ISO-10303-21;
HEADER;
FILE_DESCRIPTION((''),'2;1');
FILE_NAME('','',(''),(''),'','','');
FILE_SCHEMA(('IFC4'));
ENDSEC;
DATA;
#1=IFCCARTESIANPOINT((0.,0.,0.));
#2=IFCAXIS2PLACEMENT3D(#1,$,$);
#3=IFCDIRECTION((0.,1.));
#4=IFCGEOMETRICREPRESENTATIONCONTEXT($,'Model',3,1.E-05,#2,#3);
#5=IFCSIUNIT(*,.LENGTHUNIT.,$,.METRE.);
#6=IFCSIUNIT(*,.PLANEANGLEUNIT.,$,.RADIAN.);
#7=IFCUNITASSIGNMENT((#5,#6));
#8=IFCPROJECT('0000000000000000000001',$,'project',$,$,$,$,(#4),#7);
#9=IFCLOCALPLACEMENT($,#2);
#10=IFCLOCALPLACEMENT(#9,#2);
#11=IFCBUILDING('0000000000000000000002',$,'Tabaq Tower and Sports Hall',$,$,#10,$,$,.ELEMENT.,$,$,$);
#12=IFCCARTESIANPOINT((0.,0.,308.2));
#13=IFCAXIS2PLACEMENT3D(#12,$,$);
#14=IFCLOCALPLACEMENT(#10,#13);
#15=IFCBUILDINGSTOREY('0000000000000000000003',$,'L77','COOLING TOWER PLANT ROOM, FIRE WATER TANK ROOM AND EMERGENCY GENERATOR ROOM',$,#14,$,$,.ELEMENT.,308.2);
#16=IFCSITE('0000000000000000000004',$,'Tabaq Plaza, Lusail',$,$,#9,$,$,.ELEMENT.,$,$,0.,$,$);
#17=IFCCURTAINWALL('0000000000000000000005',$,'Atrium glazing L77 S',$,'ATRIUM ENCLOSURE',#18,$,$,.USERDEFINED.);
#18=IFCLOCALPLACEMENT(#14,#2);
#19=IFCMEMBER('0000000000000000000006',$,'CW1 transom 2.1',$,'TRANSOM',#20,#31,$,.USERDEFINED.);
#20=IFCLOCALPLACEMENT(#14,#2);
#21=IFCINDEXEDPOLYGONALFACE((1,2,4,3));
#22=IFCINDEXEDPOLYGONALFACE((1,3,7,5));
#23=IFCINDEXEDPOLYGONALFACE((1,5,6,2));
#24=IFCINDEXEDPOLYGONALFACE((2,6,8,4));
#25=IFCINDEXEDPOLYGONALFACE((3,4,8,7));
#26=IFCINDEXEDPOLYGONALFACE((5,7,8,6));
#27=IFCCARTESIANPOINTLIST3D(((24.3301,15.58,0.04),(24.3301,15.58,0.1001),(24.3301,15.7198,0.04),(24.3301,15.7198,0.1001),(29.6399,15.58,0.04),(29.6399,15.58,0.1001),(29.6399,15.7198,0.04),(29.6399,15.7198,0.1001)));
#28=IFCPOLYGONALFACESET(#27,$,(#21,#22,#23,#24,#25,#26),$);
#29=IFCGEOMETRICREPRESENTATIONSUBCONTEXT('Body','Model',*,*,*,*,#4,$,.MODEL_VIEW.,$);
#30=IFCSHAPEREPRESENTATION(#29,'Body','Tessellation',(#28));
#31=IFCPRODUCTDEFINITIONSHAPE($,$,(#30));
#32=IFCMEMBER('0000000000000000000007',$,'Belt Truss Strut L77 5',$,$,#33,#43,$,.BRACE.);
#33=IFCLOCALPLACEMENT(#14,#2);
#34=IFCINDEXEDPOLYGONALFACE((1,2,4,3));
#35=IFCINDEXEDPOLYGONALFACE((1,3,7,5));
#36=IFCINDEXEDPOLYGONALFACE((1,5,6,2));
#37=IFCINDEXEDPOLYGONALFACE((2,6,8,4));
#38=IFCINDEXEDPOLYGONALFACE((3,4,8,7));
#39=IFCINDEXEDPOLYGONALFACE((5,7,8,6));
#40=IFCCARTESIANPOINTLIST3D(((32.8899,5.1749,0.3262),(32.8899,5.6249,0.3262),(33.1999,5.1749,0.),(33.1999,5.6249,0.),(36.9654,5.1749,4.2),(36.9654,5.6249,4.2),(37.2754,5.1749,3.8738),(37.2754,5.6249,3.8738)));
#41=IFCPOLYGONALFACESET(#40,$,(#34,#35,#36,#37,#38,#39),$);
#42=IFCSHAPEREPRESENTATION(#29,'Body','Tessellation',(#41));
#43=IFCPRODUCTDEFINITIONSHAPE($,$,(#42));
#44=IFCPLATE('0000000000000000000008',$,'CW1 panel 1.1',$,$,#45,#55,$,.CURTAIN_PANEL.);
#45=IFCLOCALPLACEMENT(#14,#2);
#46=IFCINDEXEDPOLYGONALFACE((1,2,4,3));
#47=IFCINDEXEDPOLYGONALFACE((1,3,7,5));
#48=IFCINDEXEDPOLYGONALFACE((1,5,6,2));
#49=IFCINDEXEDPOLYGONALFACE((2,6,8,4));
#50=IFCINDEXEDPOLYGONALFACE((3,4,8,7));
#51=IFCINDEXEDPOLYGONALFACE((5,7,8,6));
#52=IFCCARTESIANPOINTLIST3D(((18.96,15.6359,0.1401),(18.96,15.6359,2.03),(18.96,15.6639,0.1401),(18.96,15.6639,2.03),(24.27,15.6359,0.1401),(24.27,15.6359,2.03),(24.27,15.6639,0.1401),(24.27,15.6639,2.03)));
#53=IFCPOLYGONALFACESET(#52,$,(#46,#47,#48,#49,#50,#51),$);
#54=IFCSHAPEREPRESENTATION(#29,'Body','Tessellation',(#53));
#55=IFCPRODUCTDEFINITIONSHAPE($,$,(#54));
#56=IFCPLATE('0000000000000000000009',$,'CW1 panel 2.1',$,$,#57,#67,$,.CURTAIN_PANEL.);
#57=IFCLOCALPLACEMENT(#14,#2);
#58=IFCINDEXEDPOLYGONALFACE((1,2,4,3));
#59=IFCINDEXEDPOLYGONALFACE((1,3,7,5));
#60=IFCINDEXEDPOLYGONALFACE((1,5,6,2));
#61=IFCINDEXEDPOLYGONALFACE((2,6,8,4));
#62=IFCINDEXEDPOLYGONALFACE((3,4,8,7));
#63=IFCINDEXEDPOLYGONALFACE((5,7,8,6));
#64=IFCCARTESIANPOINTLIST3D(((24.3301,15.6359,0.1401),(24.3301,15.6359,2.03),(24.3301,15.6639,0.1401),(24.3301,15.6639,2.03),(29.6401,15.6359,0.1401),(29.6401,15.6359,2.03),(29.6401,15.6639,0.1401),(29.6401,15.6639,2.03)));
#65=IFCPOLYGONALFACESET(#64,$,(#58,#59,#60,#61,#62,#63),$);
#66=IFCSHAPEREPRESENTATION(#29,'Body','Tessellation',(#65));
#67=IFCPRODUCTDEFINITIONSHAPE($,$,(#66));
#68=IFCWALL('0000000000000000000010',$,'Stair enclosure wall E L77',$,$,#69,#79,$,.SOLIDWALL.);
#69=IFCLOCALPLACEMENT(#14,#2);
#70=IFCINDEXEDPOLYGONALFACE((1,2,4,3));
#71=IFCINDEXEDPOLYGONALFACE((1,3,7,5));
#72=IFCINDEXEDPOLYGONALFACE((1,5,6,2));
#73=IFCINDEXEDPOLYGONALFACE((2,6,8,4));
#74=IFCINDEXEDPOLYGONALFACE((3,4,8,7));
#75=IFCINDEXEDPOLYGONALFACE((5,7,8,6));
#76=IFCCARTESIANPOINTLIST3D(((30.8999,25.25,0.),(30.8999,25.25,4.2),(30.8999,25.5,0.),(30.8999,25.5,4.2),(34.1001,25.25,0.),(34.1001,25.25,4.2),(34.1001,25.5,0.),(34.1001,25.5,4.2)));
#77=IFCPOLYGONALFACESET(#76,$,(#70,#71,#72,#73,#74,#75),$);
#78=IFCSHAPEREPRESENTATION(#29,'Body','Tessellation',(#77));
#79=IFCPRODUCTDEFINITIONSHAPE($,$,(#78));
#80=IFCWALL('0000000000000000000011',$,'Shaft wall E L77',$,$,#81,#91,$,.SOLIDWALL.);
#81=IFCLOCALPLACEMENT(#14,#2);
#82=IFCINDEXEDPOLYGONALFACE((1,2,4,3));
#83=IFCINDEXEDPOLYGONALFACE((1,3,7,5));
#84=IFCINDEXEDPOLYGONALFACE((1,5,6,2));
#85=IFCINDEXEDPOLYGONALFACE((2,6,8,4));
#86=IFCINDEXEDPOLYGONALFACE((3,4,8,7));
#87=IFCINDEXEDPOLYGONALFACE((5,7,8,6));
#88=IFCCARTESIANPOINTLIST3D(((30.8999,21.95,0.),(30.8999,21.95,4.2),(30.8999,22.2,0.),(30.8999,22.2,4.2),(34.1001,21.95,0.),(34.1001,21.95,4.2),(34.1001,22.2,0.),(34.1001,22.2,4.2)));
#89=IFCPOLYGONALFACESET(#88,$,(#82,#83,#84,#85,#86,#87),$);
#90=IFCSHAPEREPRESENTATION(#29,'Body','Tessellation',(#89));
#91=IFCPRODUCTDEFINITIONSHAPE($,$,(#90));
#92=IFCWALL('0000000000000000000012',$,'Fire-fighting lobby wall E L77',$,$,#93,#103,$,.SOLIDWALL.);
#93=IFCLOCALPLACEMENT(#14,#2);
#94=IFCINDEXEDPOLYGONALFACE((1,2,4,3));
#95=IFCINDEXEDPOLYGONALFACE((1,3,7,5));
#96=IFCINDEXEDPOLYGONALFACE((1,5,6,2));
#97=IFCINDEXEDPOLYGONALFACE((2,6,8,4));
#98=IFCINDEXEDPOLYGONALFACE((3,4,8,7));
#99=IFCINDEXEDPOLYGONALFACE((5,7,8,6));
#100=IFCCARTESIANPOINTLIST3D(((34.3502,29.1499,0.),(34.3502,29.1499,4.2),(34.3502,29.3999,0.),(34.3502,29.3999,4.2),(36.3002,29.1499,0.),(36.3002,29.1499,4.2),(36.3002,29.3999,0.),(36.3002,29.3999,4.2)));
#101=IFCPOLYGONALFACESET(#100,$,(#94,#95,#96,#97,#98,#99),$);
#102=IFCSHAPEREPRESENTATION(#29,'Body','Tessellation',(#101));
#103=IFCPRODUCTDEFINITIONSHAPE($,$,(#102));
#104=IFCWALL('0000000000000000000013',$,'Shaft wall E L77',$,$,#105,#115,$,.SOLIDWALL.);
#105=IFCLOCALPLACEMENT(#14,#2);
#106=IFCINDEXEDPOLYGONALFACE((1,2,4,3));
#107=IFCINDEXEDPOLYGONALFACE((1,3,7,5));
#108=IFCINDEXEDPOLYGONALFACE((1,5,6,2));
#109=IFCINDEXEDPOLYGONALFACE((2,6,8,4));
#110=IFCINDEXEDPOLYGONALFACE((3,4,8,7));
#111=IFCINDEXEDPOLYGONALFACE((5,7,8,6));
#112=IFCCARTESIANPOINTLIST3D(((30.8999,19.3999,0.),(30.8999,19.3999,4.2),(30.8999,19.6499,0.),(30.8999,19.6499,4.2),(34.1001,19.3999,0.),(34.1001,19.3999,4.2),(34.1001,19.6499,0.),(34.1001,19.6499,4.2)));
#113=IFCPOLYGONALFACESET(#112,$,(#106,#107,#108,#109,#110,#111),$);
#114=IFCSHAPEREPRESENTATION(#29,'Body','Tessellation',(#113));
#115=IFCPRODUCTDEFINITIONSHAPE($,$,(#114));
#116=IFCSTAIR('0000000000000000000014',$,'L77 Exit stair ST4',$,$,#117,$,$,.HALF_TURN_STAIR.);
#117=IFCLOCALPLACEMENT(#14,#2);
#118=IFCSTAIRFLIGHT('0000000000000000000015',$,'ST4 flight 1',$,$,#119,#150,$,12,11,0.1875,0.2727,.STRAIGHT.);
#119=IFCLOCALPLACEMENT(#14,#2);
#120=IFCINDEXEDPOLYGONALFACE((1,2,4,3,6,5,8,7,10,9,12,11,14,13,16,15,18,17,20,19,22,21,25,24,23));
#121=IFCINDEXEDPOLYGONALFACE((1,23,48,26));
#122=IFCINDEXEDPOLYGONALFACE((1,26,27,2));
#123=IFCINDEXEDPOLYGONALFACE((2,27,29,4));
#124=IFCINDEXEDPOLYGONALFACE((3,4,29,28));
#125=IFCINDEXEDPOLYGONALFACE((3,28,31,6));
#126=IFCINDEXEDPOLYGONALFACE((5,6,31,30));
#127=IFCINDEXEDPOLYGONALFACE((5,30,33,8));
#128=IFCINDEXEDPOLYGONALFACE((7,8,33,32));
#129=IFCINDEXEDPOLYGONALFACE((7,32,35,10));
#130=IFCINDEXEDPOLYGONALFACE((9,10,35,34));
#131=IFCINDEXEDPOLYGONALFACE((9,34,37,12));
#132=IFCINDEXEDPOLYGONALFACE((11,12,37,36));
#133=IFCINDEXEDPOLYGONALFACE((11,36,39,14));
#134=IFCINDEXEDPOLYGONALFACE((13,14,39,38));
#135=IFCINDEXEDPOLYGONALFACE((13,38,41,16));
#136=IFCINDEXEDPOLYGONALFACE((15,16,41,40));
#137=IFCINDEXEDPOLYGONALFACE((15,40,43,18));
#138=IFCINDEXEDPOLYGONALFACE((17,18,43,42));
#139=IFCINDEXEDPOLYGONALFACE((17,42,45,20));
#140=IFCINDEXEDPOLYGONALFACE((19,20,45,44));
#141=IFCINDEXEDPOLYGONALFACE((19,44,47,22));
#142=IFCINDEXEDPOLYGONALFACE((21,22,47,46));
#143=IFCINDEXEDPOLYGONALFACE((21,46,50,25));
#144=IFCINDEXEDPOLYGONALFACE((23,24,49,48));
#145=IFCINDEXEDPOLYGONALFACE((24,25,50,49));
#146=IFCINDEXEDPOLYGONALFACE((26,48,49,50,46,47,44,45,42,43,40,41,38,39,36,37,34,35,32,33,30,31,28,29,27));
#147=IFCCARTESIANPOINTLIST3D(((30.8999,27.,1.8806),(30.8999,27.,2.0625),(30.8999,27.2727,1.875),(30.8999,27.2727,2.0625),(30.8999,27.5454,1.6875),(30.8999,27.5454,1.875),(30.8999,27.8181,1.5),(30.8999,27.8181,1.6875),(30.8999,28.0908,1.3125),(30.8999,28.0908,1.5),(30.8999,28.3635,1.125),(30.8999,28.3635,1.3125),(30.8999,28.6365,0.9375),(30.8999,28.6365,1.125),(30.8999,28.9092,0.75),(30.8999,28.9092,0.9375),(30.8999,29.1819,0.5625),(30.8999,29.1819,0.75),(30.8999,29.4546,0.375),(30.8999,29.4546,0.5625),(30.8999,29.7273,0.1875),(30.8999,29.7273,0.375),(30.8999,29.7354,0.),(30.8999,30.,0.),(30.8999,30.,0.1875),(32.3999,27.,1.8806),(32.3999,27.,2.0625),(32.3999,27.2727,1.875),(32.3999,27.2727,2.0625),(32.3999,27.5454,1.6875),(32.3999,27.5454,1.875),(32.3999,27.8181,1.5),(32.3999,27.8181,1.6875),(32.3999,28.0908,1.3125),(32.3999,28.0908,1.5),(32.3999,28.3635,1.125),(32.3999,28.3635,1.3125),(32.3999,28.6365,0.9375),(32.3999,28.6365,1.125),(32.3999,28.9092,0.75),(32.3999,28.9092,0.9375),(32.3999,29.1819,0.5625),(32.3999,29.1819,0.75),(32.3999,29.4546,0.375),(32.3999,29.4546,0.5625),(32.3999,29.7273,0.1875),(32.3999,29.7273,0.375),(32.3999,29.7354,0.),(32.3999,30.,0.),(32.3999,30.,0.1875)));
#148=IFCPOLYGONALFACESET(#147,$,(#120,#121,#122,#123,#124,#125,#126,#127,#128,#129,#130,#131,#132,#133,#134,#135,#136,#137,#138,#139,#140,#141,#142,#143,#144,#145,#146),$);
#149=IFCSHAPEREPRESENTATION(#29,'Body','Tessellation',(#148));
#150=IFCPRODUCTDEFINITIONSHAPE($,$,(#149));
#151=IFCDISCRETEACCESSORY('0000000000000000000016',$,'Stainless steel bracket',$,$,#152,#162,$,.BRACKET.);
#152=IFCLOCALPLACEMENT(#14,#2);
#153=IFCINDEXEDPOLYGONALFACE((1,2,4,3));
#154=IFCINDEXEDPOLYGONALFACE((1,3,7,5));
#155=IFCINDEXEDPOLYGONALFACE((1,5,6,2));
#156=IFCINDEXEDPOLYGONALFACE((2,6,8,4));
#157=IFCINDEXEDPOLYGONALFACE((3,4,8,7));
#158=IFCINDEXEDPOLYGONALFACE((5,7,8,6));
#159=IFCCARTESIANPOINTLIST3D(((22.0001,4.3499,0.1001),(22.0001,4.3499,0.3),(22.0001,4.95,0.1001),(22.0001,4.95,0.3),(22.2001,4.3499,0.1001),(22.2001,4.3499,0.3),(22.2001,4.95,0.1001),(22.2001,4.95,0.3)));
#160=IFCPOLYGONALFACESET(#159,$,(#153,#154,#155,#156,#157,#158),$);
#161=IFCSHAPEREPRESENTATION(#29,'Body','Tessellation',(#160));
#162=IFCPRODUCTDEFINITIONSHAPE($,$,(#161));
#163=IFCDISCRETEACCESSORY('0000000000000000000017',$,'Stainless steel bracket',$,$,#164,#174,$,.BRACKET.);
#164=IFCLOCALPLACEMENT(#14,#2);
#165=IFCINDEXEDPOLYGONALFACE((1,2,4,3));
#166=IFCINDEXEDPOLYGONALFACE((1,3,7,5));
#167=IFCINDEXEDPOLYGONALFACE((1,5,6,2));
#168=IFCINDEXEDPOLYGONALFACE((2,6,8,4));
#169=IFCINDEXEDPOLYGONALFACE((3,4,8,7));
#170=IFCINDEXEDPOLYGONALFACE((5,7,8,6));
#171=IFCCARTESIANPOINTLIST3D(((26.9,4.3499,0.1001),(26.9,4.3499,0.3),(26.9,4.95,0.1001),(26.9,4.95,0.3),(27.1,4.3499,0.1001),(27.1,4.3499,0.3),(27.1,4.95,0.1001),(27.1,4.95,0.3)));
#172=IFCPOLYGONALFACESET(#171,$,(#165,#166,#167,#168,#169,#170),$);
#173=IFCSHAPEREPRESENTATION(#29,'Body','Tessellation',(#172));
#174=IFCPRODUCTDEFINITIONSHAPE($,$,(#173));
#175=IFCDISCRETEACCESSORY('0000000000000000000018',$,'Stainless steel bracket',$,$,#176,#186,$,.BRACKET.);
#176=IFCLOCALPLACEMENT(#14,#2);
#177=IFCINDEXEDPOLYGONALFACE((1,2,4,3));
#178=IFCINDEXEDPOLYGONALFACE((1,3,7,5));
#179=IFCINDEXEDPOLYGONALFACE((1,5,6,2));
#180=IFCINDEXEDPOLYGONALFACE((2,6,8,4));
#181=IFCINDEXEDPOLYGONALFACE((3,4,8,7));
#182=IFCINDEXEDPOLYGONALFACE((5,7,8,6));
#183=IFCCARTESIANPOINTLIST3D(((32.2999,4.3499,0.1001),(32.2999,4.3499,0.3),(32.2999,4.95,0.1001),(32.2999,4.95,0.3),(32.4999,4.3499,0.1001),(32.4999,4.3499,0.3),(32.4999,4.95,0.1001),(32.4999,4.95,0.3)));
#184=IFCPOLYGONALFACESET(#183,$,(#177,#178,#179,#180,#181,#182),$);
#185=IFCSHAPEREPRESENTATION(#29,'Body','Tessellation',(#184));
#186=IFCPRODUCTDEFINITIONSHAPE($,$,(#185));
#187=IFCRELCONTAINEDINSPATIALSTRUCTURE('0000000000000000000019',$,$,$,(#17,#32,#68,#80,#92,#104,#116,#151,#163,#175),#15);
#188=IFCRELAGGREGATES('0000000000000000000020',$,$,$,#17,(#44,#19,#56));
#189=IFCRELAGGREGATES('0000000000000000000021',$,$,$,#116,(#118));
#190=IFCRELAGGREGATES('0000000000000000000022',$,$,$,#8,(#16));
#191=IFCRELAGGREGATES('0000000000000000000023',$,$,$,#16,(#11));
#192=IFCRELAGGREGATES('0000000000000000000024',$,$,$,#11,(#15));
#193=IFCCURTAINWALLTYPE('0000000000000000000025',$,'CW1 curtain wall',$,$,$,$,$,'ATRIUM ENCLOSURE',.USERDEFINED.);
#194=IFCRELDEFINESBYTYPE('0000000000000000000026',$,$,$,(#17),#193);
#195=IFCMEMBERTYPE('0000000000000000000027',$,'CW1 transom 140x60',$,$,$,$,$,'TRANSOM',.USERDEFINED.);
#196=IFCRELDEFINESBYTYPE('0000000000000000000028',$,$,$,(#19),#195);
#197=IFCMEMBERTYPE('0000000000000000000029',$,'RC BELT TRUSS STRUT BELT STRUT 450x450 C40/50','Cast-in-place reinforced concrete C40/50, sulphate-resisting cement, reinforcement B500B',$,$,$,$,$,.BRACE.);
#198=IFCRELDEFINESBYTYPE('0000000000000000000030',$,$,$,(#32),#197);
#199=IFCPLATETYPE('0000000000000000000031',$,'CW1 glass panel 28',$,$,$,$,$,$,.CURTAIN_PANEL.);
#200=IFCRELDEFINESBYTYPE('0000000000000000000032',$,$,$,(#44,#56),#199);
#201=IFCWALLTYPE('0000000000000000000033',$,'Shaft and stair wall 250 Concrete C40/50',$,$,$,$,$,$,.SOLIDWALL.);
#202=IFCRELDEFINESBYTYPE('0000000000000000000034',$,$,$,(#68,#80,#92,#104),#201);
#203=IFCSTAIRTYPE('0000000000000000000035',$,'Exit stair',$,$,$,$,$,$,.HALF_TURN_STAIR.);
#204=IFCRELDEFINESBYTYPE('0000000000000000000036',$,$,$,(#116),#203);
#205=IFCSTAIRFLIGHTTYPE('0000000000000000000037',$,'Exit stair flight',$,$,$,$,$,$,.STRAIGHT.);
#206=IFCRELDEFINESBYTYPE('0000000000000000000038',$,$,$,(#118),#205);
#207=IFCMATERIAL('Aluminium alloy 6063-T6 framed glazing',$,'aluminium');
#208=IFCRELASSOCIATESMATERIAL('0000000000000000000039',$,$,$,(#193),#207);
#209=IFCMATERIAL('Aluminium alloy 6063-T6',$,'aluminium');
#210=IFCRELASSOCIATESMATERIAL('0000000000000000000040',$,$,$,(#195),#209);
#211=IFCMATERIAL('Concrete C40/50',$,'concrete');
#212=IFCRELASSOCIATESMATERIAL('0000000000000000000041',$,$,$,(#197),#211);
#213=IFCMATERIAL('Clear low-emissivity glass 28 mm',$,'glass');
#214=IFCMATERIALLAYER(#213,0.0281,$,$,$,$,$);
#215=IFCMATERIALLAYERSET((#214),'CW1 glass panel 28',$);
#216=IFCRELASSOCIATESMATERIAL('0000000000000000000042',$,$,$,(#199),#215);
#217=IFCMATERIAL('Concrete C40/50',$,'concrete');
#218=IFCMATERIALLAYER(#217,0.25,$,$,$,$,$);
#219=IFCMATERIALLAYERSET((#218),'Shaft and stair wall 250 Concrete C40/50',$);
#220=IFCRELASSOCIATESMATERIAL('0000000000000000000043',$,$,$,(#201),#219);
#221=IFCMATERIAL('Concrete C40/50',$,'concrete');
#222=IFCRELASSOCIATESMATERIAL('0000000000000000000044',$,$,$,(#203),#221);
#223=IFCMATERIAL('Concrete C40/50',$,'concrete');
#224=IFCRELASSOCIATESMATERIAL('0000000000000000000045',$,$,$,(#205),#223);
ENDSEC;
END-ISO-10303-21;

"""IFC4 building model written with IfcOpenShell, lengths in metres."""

from ifc_helpers import new_model, si_unit, direction, frame, frame_2d, origin, origin_2d, place, context, subcontext, project, spatial, polyline, rectangle, outline, extrude, material, layer, layer_set, material_profile, profile_set, type_object, element, aggregate, save


model = new_model("IFC4")

# Units and contexts
model_context = context("Model", 3, precision=1e-05, world=origin(), true_north=direction((0.0, 1.0)))
body_context = subcontext(model_context, "Body", "Model", "MODEL_VIEW")
ifc_project = project(units=[si_unit("LENGTHUNIT", "METRE"), si_unit("PLANEANGLEUNIT", "RADIAN")], contexts=[model_context])

# Site, building, storey
site_placement = place(None, origin())
site = spatial("IfcSite", under=ifc_project, at=site_placement, Name="Tabaq Plaza, Lusail", CompositionType="ELEMENT", RefElevation=0.0)
building_placement = place(site_placement, origin())
building = spatial("IfcBuilding", under=site, at=building_placement, Name="Tabaq Tower and Sports Hall", CompositionType="ELEMENT")
storey_placement = place(building_placement, frame((0.0, 0.0, 308.2)))
storey = spatial("IfcBuildingStorey", under=building, at=storey_placement, Name="L77", Description="COOLING TOWER PLANT ROOM, FIRE WATER TANK ROOM AND EMERGENCY GENERATOR ROOM", CompositionType="ELEMENT", Elevation=308.2)

# Curtain wall, member
ifc_material_1 = material(Name="Aluminium alloy 6063-T6 framed glazing", Category="aluminium")
curtain_wall_type = type_object("IfcCurtainWallType", Name="CW1 curtain wall", ElementType="ATRIUM ENCLOSURE", PredefinedType="USERDEFINED", material=ifc_material_1)
curtain_wall_placement = place(storey_placement, origin())
curtain_wall = element("IfcCurtainWall", 1, at=curtain_wall_placement, inside=storey, type_object=curtain_wall_type, Name="Atrium glazing L77 S", ObjectType="ATRIUM ENCLOSURE", PredefinedType="USERDEFINED")
ifc_material_2 = material(Name="Aluminium alloy 6063-T6", Category="aluminium")
ifc_material_profile_1 = material_profile(ifc_material_2, rectangle(XDim=0.1399, YDim=0.0601, at=origin_2d()), Name="TRANSOM 140x60")
ifc_profile_set_1 = profile_set([ifc_material_profile_1], Name="Aluminium alloy 6063-T6")
member_type_1 = type_object("IfcMemberType", Name="CW1 transom 140x60", ElementType="TRANSOM", PredefinedType="USERDEFINED", material=ifc_profile_set_1)
member_1_placement = place(storey_placement, frame((24.3301, 15.6499, 0.0701), z_axis=(1.0, 0.0, 0.0), x_axis=(0.0, 1.0, 0.0)))
member_1 = element("IfcMember", 2, at=member_1_placement, type_object=member_type_1, Name="CW1 transom 2.1", ObjectType="TRANSOM", PredefinedType="USERDEFINED", context=body_context, shape_type="SweptSolid", body=[
    extrude(rectangle(XDim=0.1399, YDim=0.0601, at=origin_2d()), origin(), (0.0, 0.0, 1.0), 5.3098),
])

# Member
ifc_material_3 = material(Name="Concrete C40/50", Category="concrete")
ifc_material_profile_2 = material_profile(ifc_material_3, rectangle(XDim=0.45, YDim=0.45, at=origin_2d()), Name="BELT STRUT 450x450")
ifc_profile_set_2 = profile_set([ifc_material_profile_2], Name="Concrete C40/50")
member_type_2 = type_object("IfcMemberType", Name="RC BELT TRUSS STRUT BELT STRUT 450x450 C40/50", Description="Cast-in-place reinforced concrete C40/50, sulphate-resisting cement, reinforcement B500B", PredefinedType="BRACE", material=ifc_profile_set_2)
member_2_placement = place(storey_placement, frame((33.0449, 5.3999, 0.1631), z_axis=(0.724812, 0.0, 0.688947), x_axis=(0.0, 1.0, 0.0)))
element("IfcMember", 3, at=member_2_placement, inside=storey, type_object=member_type_2, Name="Belt Truss Strut L77 5", PredefinedType="BRACE", context=body_context, shape_type="SweptSolid", body=[
    extrude(rectangle(XDim=0.45, YDim=0.45, at=origin_2d()), origin(), (0.0, 0.0, 1.0), 5.6228),
])

# Plates
ifc_material_4 = material(Name="Clear low-emissivity glass 28 mm", Category="glass")
ifc_layer_1 = layer(ifc_material_4, 0.0281)
ifc_layer_set_1 = layer_set([ifc_layer_1], Name="CW1 glass panel 28")
plate_type = type_object("IfcPlateType", Name="CW1 glass panel 28", PredefinedType="CURTAIN_PANEL", material=ifc_layer_set_1)
plate_1_placement = place(storey_placement, frame((21.615, 15.6499, 0.1401), z_axis=(0.0, 0.0, 1.0), x_axis=(1.0, 0.0, 0.0)))
plate_1 = element("IfcPlate", 4, at=plate_1_placement, type_object=plate_type, Name="CW1 panel 1.1", PredefinedType="CURTAIN_PANEL", context=body_context, shape_type="SweptSolid", body=[
    extrude(rectangle(XDim=5.3101, YDim=0.0281, at=origin_2d()), origin(), (0.0, 0.0, 1.0), 1.8899),
])
plate_2_placement = place(storey_placement, frame((26.9851, 15.6499, 0.1401), z_axis=(0.0, 0.0, 1.0), x_axis=(1.0, 0.0, 0.0)))
plate_2 = element("IfcPlate", 5, at=plate_2_placement, type_object=plate_type, Name="CW1 panel 2.1", PredefinedType="CURTAIN_PANEL", context=body_context, shape_type="SweptSolid", body=[
    extrude(rectangle(XDim=5.3101, YDim=0.0281, at=origin_2d()), origin(), (0.0, 0.0, 1.0), 1.8899),
])
aggregate(curtain_wall, [plate_1, member_1, plate_2])

# Walls
ifc_material_5 = material(Name="Concrete C40/50", Category="concrete")
ifc_layer_2 = layer(ifc_material_5, 0.25)
ifc_layer_set_2 = layer_set([ifc_layer_2], Name="Shaft and stair wall 250 Concrete C40/50")
wall_type = type_object("IfcWallType", Name="Shaft and stair wall 250 Concrete C40/50", PredefinedType="SOLIDWALL", material=ifc_layer_set_2)
for number, where, z_axis, x_axis, name in (
    (6, (30.8999, 25.375, 0.0), (0.0, 0.0, 1.0), (1.0, 0.0, 0.0), "Stair enclosure wall E L77"),
    (7, (30.8999, 22.075, 0.0), (0.0, 0.0, 1.0), (1.0, 0.0, 0.0), "Shaft wall E L77"),
):
    element("IfcWall", number, at=place(storey_placement, frame(where, z_axis=z_axis, x_axis=x_axis)), inside=storey, type_object=wall_type, Name=name, PredefinedType="SOLIDWALL", context=body_context, shape_type="SweptSolid", body=[
        extrude(rectangle(XDim=3.2002, YDim=0.25, at=frame_2d((1.6001, 0.0))), origin(), (0.0, 0.0, 1.0), 4.2),
    ])
wall_1_placement = place(storey_placement, frame((34.3501, 29.2749, 0.0), z_axis=(0.0, 0.0, 1.0), x_axis=(1.0, 0.0, 0.0)))
element("IfcWall", 8, at=wall_1_placement, inside=storey, type_object=wall_type, Name="Fire-fighting lobby wall E L77", PredefinedType="SOLIDWALL", context=body_context, shape_type="SweptSolid", body=[
    extrude(rectangle(XDim=1.95, YDim=0.25, at=frame_2d((0.9751, 0.0))), origin(), (0.0, 0.0, 1.0), 4.2),
])
wall_2_placement = place(storey_placement, frame((30.8999, 19.5249, 0.0), z_axis=(0.0, 0.0, 1.0), x_axis=(1.0, 0.0, 0.0)))
element("IfcWall", 9, at=wall_2_placement, inside=storey, type_object=wall_type, Name="Shaft wall E L77", PredefinedType="SOLIDWALL", context=body_context, shape_type="SweptSolid", body=[
    extrude(rectangle(XDim=3.2002, YDim=0.25, at=frame_2d((1.6001, 0.0))), origin(), (0.0, 0.0, 1.0), 4.2),
])

# Stair, stair flight
ifc_material_6 = material(Name="Concrete C40/50", Category="concrete")
stair_type = type_object("IfcStairType", Name="Exit stair", PredefinedType="HALF_TURN_STAIR", material=ifc_material_6)
stair_placement = place(storey_placement, origin())
stair = element("IfcStair", 10, at=stair_placement, inside=storey, type_object=stair_type, Name="L77 Exit stair ST4", PredefinedType="HALF_TURN_STAIR")
ifc_material_7 = material(Name="Concrete C40/50", Category="concrete")
stair_flight_type = type_object("IfcStairFlightType", Name="Exit stair flight", PredefinedType="STRAIGHT", material=ifc_material_7)
stair_flight_placement = place(storey_placement, frame((31.6499, 30.0, 0.0), z_axis=(0.0, 0.0, 1.0), x_axis=(0.0, -1.0, 0.0)))
stair_flight = element("IfcStairFlight", 11, at=stair_flight_placement, type_object=stair_flight_type, Name="ST4 flight 1", NumberOfRisers=12, NumberOfTreads=11, PredefinedType="STRAIGHT", RiserHeight=0.1875, TreadLength=0.2727, context=body_context, shape_type="SweptSolid", body=[
    extrude(outline(polyline([(0.0, 0.0), (0.0, 0.1875), (0.2727, 0.1875), (0.2727, 0.375), (0.5454, 0.375), (0.5454, 0.5625), (0.8181, 0.5625), (0.8181, 0.75), (1.0908, 0.75), (1.0908, 0.9375), (1.3635, 0.9375), (1.3635, 1.125), (1.6365, 1.125), (1.6365, 1.3125), (1.9092, 1.3125), (1.9092, 1.5), (2.1819, 1.5), (2.1819, 1.6875), (2.4546, 1.6875), (2.4546, 1.875), (2.7273, 1.875), (2.7273, 2.0625), (3.0, 2.0625), (3.0, 2.25), (3.0, 1.8806), (0.2646, 0.0), (0.0, 0.0)])), frame((0.0, 0.75, 0.0), z_axis=(0.0, -1.0, 0.0), x_axis=(1.0, 0.0, 0.0)), (0.0, 0.0, 1.0), 1.5),
])
aggregate(stair, [stair_flight])

# Discrete accessories
for number, where, z_axis, x_axis, name in (
    (12, (22.1001, 4.6499, 0.1001), (0.0, 0.0, 1.0), (0.0, -1.0, 0.0), "Stainless steel bracket"),
    (13, (27.0, 4.6499, 0.1001), (0.0, 0.0, 1.0), (0.0, -1.0, 0.0), "Stainless steel bracket"),
    (14, (32.3999, 4.6499, 0.1001), (0.0, 0.0, 1.0), (0.0, -1.0, 0.0), "Stainless steel bracket"),
):
    element("IfcDiscreteAccessory", number, at=place(storey_placement, frame(where, z_axis=z_axis, x_axis=x_axis)), inside=storey, Name=name, PredefinedType="BRACKET", context=body_context, shape_type="SweptSolid", body=[
        extrude(rectangle(XDim=0.6001, YDim=0.2, at=origin_2d()), origin(), (0.0, 0.0, 1.0), 0.2),
    ])

save(model, "model.ifc")
